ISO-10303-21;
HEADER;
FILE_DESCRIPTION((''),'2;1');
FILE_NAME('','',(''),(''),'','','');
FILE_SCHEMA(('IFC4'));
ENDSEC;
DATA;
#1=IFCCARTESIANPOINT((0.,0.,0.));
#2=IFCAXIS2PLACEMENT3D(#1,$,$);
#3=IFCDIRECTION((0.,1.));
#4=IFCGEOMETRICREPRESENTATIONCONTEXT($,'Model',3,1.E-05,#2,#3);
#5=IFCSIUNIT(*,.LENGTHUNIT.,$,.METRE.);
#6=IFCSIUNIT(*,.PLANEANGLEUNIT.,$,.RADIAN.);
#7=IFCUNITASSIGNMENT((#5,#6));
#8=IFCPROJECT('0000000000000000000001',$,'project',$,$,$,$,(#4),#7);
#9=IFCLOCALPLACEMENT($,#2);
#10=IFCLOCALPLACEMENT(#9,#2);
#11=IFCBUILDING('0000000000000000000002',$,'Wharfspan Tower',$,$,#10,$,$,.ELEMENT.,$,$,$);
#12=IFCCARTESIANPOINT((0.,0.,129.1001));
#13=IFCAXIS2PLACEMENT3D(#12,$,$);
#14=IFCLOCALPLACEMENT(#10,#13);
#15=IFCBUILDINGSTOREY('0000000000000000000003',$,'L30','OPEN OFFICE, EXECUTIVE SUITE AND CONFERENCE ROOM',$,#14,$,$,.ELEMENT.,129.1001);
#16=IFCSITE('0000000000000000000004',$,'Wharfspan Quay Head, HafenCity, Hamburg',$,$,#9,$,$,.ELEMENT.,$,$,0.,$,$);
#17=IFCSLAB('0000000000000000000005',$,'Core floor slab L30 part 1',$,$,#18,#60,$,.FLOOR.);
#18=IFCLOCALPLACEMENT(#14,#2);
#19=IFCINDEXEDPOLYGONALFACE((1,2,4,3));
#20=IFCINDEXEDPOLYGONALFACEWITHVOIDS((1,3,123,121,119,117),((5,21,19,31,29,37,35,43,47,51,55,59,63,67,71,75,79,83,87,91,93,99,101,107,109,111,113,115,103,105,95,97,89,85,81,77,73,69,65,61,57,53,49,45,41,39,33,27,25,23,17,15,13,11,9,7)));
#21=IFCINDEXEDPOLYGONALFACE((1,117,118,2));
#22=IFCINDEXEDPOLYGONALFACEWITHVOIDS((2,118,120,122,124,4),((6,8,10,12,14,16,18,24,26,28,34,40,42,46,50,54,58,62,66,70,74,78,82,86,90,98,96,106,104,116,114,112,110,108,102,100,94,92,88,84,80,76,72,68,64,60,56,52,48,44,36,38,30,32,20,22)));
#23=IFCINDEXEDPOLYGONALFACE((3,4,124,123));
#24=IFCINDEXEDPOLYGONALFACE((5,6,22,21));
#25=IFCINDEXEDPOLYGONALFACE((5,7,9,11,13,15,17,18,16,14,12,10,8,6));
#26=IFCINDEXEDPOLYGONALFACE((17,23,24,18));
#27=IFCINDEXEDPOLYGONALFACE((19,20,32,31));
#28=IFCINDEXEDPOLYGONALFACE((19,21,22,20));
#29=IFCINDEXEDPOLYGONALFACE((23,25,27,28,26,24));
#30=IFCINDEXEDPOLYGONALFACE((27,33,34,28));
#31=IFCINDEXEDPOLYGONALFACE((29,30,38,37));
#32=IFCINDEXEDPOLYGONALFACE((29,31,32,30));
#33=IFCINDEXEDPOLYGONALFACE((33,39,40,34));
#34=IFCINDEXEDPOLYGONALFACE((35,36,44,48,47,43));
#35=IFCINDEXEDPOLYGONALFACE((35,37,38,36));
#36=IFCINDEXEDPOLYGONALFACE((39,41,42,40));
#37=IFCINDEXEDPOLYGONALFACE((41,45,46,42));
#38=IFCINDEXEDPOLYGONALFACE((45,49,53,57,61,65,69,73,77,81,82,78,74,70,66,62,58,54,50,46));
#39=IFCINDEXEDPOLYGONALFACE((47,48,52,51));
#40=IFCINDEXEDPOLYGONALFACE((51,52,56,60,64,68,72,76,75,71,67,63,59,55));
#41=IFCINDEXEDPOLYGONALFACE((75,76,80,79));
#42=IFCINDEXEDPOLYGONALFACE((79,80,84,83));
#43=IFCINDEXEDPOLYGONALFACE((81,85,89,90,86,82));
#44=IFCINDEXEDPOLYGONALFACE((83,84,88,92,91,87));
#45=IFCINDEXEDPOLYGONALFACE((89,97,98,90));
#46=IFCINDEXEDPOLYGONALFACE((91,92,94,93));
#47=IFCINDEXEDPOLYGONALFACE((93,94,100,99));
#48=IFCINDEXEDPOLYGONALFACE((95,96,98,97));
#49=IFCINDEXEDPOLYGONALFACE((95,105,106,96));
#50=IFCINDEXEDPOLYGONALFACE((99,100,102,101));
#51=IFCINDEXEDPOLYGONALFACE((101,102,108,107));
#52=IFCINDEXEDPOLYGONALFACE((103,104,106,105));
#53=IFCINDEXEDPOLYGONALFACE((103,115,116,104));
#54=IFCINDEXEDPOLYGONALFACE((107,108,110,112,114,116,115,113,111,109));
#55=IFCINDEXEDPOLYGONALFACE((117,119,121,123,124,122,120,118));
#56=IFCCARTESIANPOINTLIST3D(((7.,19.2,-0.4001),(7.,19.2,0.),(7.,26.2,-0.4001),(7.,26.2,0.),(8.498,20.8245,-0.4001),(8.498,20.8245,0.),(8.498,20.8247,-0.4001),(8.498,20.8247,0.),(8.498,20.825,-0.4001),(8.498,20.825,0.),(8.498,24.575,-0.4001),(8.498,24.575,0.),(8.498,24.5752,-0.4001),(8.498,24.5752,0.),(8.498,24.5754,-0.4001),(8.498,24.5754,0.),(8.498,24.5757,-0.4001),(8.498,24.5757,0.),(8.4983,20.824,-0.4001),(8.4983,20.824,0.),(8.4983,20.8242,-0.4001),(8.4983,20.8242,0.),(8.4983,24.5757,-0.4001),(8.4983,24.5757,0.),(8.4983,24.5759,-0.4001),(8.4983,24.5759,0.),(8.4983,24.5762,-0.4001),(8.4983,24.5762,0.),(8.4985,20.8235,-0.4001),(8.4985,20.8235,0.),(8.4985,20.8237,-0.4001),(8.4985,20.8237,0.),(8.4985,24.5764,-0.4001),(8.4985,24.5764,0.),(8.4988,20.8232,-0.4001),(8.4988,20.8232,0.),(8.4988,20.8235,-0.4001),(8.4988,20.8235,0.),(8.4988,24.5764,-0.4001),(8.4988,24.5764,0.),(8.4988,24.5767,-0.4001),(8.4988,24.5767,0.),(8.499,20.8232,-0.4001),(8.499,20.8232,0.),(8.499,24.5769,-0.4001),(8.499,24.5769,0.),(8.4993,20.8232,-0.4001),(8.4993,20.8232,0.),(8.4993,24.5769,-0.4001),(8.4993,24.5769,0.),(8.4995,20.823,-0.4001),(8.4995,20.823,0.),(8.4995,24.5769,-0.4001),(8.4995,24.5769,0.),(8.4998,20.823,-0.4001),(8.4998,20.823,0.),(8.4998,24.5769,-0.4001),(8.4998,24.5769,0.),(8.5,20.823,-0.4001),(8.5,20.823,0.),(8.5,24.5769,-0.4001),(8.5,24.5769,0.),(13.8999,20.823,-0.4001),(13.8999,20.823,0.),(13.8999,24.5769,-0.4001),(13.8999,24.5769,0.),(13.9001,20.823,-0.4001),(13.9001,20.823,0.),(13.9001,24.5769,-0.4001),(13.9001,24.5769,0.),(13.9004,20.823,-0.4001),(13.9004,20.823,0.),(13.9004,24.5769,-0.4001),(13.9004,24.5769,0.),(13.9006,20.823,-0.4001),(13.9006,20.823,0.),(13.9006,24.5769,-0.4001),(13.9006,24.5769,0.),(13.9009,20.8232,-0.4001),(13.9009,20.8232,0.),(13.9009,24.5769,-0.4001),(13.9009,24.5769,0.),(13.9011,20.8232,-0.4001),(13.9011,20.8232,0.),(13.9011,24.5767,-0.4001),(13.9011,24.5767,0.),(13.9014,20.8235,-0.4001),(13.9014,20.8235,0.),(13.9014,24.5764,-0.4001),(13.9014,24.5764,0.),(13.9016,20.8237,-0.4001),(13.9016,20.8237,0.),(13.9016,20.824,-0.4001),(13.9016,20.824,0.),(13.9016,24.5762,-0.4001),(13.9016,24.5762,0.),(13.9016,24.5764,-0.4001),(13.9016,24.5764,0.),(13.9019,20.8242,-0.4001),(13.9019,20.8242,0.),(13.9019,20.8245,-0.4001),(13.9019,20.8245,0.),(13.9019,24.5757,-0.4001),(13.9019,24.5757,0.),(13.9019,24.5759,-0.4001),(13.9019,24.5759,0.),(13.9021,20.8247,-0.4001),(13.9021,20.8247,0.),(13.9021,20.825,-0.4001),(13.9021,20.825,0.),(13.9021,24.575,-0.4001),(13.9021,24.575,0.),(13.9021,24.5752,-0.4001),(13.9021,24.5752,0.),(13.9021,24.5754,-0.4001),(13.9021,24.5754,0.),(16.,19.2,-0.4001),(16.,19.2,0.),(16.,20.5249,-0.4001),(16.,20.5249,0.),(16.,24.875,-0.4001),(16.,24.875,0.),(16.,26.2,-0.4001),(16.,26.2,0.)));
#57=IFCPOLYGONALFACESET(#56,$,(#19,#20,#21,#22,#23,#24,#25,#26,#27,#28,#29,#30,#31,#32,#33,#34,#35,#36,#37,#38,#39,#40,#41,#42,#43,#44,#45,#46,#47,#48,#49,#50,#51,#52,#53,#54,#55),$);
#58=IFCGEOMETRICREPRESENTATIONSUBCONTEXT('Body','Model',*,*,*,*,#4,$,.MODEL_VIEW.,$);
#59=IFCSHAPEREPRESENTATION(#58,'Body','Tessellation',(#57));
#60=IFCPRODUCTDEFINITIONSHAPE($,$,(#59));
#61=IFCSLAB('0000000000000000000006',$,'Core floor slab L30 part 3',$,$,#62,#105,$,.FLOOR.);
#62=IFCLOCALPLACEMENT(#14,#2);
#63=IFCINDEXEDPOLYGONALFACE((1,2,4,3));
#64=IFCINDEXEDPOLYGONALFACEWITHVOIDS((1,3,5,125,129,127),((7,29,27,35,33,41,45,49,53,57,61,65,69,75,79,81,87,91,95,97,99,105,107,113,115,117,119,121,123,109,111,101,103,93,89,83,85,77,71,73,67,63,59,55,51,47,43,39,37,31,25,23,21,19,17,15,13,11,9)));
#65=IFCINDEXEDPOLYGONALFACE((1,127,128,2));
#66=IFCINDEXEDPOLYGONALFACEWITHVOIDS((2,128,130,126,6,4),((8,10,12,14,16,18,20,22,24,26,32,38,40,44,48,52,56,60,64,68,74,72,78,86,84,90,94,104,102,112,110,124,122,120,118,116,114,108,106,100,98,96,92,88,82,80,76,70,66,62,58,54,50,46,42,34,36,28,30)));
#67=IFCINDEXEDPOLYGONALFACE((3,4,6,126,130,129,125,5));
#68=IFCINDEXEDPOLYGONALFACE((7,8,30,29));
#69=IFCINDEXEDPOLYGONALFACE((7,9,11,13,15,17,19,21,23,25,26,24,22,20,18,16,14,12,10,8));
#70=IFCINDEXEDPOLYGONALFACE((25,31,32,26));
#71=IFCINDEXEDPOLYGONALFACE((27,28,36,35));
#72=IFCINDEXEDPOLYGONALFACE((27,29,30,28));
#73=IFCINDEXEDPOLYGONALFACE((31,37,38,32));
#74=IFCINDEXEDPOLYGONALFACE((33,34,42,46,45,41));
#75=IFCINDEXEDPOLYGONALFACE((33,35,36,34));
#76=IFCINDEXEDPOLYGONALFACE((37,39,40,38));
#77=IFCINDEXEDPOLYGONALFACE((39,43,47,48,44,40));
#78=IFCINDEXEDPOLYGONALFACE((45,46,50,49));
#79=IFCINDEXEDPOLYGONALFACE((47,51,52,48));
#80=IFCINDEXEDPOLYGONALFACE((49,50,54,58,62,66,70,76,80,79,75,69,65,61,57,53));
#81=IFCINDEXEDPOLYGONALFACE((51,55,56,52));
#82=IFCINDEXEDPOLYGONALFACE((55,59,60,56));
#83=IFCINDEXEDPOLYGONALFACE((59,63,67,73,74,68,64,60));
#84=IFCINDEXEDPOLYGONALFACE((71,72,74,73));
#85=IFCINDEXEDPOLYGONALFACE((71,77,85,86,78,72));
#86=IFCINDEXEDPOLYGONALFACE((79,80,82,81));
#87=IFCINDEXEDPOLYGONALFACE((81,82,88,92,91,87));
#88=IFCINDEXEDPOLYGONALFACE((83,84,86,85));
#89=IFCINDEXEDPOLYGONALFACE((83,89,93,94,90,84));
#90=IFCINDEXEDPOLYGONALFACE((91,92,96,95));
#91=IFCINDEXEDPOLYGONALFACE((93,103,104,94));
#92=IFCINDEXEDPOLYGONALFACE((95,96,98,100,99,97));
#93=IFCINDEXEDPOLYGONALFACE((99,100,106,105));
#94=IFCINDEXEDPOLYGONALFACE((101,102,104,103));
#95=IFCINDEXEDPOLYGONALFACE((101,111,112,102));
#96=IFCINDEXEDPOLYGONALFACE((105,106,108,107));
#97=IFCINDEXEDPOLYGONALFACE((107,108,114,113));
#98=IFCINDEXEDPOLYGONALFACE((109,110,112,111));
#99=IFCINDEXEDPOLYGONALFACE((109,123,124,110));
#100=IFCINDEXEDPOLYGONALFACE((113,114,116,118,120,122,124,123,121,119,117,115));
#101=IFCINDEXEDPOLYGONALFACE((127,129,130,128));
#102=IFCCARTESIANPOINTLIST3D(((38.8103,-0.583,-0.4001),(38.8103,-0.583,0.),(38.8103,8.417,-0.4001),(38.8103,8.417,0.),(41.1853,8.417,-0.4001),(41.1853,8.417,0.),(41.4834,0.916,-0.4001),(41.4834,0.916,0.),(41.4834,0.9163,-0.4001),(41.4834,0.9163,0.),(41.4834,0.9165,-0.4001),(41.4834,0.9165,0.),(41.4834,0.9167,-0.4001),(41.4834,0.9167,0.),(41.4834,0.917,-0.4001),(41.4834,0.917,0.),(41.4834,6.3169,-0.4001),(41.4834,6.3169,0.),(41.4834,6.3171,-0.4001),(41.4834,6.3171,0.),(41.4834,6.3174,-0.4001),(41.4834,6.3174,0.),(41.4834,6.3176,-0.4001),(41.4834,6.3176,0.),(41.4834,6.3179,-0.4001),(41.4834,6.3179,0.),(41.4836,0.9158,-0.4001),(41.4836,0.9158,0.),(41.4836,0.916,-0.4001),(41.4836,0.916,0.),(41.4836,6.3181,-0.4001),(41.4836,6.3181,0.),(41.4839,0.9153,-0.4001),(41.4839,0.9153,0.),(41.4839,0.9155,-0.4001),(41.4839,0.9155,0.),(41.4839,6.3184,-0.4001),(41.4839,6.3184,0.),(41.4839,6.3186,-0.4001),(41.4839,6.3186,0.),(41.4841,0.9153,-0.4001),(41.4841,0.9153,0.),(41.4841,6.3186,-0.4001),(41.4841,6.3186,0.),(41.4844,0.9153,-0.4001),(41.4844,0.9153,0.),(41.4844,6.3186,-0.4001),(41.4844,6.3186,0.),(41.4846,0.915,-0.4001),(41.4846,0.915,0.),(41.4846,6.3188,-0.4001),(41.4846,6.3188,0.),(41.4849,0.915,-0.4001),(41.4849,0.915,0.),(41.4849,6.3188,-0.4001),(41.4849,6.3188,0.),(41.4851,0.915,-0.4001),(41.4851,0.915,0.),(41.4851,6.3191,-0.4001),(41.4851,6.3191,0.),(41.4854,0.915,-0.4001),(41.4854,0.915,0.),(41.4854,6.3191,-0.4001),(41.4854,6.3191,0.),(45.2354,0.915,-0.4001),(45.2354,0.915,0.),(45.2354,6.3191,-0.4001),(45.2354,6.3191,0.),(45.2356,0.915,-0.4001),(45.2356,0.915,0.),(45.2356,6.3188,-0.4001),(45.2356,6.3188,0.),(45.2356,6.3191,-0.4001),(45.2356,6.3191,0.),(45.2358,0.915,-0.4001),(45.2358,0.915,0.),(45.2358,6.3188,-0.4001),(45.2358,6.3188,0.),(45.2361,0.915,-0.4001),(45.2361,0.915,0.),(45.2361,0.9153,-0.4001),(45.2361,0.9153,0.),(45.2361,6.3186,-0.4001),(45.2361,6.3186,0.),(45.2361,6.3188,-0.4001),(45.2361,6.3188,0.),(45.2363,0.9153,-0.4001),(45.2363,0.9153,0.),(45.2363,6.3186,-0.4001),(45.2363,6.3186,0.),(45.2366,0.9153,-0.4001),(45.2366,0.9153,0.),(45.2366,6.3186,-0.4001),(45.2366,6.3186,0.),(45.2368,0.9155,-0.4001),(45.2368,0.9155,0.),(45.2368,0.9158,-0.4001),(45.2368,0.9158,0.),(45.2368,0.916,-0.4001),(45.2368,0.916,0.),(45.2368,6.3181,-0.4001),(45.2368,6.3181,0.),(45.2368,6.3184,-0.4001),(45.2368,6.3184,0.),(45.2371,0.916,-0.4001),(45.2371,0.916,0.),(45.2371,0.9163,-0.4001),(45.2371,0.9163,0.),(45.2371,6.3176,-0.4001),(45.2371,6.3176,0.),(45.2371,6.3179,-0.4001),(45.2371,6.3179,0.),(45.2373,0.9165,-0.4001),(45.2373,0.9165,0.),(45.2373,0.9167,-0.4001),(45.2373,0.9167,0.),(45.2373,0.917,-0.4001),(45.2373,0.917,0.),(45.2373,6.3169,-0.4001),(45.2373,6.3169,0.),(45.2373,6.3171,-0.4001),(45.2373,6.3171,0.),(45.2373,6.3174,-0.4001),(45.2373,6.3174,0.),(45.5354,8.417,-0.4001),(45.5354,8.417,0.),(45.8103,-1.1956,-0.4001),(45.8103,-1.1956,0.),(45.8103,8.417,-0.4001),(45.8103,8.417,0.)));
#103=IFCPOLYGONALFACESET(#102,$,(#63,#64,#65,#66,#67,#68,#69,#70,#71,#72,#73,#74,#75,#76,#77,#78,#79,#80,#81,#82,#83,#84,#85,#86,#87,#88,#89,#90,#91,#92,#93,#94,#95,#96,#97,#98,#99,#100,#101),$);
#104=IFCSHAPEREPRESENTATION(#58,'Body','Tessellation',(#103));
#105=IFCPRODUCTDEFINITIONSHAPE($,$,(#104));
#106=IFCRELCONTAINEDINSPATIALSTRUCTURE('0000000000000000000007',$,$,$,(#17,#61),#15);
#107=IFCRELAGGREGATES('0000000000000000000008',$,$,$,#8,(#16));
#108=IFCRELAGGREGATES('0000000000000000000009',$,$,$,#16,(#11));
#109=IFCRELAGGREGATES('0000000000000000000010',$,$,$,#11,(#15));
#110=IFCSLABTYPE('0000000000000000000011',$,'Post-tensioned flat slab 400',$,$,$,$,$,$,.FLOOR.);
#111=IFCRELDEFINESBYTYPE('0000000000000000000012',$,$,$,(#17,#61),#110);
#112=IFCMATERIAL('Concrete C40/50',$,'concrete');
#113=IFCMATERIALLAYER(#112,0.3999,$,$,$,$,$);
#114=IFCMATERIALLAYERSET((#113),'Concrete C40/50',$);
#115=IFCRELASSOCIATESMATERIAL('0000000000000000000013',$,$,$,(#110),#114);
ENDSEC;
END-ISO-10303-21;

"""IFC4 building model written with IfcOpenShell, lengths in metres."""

from ifc_helpers import new_model, si_unit, direction, frame, origin, place, context, subcontext, project, spatial, polyline, outline, extrude, material, layer, layer_set, type_object, element, save


model = new_model("IFC4")

# Units and contexts
model_context = context("Model", 3, precision=1e-05, world=origin(), true_north=direction((0.0, 1.0)))
body_context = subcontext(model_context, "Body", "Model", "MODEL_VIEW")
ifc_project = project(units=[si_unit("LENGTHUNIT", "METRE"), si_unit("PLANEANGLEUNIT", "RADIAN")], contexts=[model_context])

# Site, building, storey
site_placement = place(None, origin())
site = spatial("IfcSite", under=ifc_project, at=site_placement, Name="Wharfspan Quay Head, HafenCity, Hamburg", CompositionType="ELEMENT", RefElevation=0.0)
building_placement = place(site_placement, origin())
building = spatial("IfcBuilding", under=site, at=building_placement, Name="Wharfspan Tower", CompositionType="ELEMENT")
storey_placement = place(building_placement, frame((0.0, 0.0, 129.1001)))
storey = spatial("IfcBuildingStorey", under=building, at=storey_placement, Name="L30", Description="OPEN OFFICE, EXECUTIVE SUITE AND CONFERENCE ROOM", CompositionType="ELEMENT", Elevation=129.1001)

# Slabs
ifc_material_1 = material(Name="Concrete C40/50", Category="concrete")
ifc_layer_1 = layer(ifc_material_1, 0.3999)
ifc_layer_set_1 = layer_set([ifc_layer_1], Name="Concrete C40/50")
slab_type = type_object("IfcSlabType", Name="Post-tensioned flat slab 400", PredefinedType="FLOOR", material=ifc_layer_set_1)
slab_1_placement = place(storey_placement, frame((0.0, 0.0, -0.4001)))
element("IfcSlab", 1, at=slab_1_placement, inside=storey, type_object=slab_type, Name="Core floor slab L30 part 1", PredefinedType="FLOOR", context=body_context, shape_type="SweptSolid", body=[
    extrude(outline(polyline([(16.0, 20.5249), (16.0, 24.875), (16.0, 26.2), (7.0, 26.2), (7.0, 19.2), (16.0, 19.2), (16.0, 20.5249)]), holes=[polyline([(13.9021, 20.825), (13.9021, 20.8247), (13.9021, 20.8247), (13.9019, 20.8245), (13.9019, 20.8242), (13.9019, 20.8242), (13.9016, 20.824), (13.9016, 20.8237), (13.9014, 20.8235), (13.9014, 20.8235), (13.9011, 20.8232), (13.9009, 20.8232), (13.9009, 20.8232), (13.9006, 20.823), (13.9004, 20.823), (13.9001, 20.823), (13.8999, 20.823), (8.5, 20.823), (8.4998, 20.823), (8.4995, 20.823), (8.4995, 20.823), (8.4993, 20.8232), (8.499, 20.8232), (8.4988, 20.8232), (8.4988, 20.8235), (8.4985, 20.8235), (8.4985, 20.8237), (8.4983, 20.824), (8.4983, 20.8242), (8.4983, 20.8242), (8.498, 20.8245), (8.498, 20.8247), (8.498, 20.8247), (8.498, 20.825), (8.498, 24.575), (8.498, 24.5752), (8.498, 24.5754), (8.498, 24.5757), (8.4983, 24.5757), (8.4983, 24.5759), (8.4983, 24.5762), (8.4985, 24.5764), (8.4985, 24.5764), (8.4988, 24.5764), (8.4988, 24.5767), (8.499, 24.5769), (8.4993, 24.5769), (8.4995, 24.5769), (8.4995, 24.5769), (8.4998, 24.5769), (8.5, 24.5769), (13.8999, 24.5769), (13.9001, 24.5769), (13.9004, 24.5769), (13.9006, 24.5769), (13.9009, 24.5769), (13.9009, 24.5769), (13.9011, 24.5767), (13.9014, 24.5764), (13.9014, 24.5764), (13.9016, 24.5764), (13.9016, 24.5762), (13.9019, 24.5759), (13.9019, 24.5757), (13.9019, 24.5757), (13.9021, 24.5754), (13.9021, 24.5752), (13.9021, 24.575), (13.9021, 20.825)])]), origin(), (0.0, 0.0, 1.0), 0.4001),
])
slab_2_placement = place(storey_placement, frame((0.0, 0.0, -0.4001)))
element("IfcSlab", 2, at=slab_2_placement, inside=storey, type_object=slab_type, Name="Core floor slab L30 part 3", PredefinedType="FLOOR", context=body_context, shape_type="SweptSolid", body=[
    extrude(outline(polyline([(45.5354, 8.417), (41.1853, 8.417), (38.8103, 8.417), (38.8103, -0.583), (45.8103, -1.1956), (45.8103, 8.417), (45.5354, 8.417)]), holes=[polyline([(41.4834, 6.3169), (41.4834, 6.3171), (41.4834, 6.3174), (41.4834, 6.3174), (41.4834, 6.3176), (41.4834, 6.3179), (41.4836, 6.3181), (41.4836, 6.3181), (41.4839, 6.3184), (41.4839, 6.3186), (41.4841, 6.3186), (41.4844, 6.3186), (41.4846, 6.3188), (41.4846, 6.3188), (41.4849, 6.3188), (41.4851, 6.3191), (41.4854, 6.3191), (45.2354, 6.3191), (45.2356, 6.3191), (45.2356, 6.3188), (45.2358, 6.3188), (45.2361, 6.3188), (45.2361, 6.3186), (45.2363, 6.3186), (45.2366, 6.3186), (45.2368, 6.3184), (45.2368, 6.3181), (45.2368, 6.3181), (45.2371, 6.3179), (45.2371, 6.3176), (45.2373, 6.3174), (45.2373, 6.3174), (45.2373, 6.3171), (45.2373, 6.3169), (45.2373, 0.917), (45.2373, 0.9167), (45.2373, 0.9165), (45.2373, 0.9165), (45.2371, 0.9163), (45.2371, 0.916), (45.2368, 0.916), (45.2368, 0.9158), (45.2368, 0.9155), (45.2366, 0.9153), (45.2363, 0.9153), (45.2361, 0.9153), (45.2361, 0.915), (45.2358, 0.915), (45.2356, 0.915), (45.2356, 0.915), (45.2354, 0.915), (41.4854, 0.915), (41.4851, 0.915), (41.4849, 0.915), (41.4846, 0.915), (41.4846, 0.915), (41.4844, 0.9153), (41.4841, 0.9153), (41.4839, 0.9153), (41.4839, 0.9155), (41.4836, 0.9158), (41.4836, 0.916), (41.4834, 0.916), (41.4834, 0.9163), (41.4834, 0.9165), (41.4834, 0.9165), (41.4834, 0.9167), (41.4834, 0.917), (41.4834, 6.3169)])]), origin(), (0.0, 0.0, 1.0), 0.4001),
])

save(model, "model.ifc")
